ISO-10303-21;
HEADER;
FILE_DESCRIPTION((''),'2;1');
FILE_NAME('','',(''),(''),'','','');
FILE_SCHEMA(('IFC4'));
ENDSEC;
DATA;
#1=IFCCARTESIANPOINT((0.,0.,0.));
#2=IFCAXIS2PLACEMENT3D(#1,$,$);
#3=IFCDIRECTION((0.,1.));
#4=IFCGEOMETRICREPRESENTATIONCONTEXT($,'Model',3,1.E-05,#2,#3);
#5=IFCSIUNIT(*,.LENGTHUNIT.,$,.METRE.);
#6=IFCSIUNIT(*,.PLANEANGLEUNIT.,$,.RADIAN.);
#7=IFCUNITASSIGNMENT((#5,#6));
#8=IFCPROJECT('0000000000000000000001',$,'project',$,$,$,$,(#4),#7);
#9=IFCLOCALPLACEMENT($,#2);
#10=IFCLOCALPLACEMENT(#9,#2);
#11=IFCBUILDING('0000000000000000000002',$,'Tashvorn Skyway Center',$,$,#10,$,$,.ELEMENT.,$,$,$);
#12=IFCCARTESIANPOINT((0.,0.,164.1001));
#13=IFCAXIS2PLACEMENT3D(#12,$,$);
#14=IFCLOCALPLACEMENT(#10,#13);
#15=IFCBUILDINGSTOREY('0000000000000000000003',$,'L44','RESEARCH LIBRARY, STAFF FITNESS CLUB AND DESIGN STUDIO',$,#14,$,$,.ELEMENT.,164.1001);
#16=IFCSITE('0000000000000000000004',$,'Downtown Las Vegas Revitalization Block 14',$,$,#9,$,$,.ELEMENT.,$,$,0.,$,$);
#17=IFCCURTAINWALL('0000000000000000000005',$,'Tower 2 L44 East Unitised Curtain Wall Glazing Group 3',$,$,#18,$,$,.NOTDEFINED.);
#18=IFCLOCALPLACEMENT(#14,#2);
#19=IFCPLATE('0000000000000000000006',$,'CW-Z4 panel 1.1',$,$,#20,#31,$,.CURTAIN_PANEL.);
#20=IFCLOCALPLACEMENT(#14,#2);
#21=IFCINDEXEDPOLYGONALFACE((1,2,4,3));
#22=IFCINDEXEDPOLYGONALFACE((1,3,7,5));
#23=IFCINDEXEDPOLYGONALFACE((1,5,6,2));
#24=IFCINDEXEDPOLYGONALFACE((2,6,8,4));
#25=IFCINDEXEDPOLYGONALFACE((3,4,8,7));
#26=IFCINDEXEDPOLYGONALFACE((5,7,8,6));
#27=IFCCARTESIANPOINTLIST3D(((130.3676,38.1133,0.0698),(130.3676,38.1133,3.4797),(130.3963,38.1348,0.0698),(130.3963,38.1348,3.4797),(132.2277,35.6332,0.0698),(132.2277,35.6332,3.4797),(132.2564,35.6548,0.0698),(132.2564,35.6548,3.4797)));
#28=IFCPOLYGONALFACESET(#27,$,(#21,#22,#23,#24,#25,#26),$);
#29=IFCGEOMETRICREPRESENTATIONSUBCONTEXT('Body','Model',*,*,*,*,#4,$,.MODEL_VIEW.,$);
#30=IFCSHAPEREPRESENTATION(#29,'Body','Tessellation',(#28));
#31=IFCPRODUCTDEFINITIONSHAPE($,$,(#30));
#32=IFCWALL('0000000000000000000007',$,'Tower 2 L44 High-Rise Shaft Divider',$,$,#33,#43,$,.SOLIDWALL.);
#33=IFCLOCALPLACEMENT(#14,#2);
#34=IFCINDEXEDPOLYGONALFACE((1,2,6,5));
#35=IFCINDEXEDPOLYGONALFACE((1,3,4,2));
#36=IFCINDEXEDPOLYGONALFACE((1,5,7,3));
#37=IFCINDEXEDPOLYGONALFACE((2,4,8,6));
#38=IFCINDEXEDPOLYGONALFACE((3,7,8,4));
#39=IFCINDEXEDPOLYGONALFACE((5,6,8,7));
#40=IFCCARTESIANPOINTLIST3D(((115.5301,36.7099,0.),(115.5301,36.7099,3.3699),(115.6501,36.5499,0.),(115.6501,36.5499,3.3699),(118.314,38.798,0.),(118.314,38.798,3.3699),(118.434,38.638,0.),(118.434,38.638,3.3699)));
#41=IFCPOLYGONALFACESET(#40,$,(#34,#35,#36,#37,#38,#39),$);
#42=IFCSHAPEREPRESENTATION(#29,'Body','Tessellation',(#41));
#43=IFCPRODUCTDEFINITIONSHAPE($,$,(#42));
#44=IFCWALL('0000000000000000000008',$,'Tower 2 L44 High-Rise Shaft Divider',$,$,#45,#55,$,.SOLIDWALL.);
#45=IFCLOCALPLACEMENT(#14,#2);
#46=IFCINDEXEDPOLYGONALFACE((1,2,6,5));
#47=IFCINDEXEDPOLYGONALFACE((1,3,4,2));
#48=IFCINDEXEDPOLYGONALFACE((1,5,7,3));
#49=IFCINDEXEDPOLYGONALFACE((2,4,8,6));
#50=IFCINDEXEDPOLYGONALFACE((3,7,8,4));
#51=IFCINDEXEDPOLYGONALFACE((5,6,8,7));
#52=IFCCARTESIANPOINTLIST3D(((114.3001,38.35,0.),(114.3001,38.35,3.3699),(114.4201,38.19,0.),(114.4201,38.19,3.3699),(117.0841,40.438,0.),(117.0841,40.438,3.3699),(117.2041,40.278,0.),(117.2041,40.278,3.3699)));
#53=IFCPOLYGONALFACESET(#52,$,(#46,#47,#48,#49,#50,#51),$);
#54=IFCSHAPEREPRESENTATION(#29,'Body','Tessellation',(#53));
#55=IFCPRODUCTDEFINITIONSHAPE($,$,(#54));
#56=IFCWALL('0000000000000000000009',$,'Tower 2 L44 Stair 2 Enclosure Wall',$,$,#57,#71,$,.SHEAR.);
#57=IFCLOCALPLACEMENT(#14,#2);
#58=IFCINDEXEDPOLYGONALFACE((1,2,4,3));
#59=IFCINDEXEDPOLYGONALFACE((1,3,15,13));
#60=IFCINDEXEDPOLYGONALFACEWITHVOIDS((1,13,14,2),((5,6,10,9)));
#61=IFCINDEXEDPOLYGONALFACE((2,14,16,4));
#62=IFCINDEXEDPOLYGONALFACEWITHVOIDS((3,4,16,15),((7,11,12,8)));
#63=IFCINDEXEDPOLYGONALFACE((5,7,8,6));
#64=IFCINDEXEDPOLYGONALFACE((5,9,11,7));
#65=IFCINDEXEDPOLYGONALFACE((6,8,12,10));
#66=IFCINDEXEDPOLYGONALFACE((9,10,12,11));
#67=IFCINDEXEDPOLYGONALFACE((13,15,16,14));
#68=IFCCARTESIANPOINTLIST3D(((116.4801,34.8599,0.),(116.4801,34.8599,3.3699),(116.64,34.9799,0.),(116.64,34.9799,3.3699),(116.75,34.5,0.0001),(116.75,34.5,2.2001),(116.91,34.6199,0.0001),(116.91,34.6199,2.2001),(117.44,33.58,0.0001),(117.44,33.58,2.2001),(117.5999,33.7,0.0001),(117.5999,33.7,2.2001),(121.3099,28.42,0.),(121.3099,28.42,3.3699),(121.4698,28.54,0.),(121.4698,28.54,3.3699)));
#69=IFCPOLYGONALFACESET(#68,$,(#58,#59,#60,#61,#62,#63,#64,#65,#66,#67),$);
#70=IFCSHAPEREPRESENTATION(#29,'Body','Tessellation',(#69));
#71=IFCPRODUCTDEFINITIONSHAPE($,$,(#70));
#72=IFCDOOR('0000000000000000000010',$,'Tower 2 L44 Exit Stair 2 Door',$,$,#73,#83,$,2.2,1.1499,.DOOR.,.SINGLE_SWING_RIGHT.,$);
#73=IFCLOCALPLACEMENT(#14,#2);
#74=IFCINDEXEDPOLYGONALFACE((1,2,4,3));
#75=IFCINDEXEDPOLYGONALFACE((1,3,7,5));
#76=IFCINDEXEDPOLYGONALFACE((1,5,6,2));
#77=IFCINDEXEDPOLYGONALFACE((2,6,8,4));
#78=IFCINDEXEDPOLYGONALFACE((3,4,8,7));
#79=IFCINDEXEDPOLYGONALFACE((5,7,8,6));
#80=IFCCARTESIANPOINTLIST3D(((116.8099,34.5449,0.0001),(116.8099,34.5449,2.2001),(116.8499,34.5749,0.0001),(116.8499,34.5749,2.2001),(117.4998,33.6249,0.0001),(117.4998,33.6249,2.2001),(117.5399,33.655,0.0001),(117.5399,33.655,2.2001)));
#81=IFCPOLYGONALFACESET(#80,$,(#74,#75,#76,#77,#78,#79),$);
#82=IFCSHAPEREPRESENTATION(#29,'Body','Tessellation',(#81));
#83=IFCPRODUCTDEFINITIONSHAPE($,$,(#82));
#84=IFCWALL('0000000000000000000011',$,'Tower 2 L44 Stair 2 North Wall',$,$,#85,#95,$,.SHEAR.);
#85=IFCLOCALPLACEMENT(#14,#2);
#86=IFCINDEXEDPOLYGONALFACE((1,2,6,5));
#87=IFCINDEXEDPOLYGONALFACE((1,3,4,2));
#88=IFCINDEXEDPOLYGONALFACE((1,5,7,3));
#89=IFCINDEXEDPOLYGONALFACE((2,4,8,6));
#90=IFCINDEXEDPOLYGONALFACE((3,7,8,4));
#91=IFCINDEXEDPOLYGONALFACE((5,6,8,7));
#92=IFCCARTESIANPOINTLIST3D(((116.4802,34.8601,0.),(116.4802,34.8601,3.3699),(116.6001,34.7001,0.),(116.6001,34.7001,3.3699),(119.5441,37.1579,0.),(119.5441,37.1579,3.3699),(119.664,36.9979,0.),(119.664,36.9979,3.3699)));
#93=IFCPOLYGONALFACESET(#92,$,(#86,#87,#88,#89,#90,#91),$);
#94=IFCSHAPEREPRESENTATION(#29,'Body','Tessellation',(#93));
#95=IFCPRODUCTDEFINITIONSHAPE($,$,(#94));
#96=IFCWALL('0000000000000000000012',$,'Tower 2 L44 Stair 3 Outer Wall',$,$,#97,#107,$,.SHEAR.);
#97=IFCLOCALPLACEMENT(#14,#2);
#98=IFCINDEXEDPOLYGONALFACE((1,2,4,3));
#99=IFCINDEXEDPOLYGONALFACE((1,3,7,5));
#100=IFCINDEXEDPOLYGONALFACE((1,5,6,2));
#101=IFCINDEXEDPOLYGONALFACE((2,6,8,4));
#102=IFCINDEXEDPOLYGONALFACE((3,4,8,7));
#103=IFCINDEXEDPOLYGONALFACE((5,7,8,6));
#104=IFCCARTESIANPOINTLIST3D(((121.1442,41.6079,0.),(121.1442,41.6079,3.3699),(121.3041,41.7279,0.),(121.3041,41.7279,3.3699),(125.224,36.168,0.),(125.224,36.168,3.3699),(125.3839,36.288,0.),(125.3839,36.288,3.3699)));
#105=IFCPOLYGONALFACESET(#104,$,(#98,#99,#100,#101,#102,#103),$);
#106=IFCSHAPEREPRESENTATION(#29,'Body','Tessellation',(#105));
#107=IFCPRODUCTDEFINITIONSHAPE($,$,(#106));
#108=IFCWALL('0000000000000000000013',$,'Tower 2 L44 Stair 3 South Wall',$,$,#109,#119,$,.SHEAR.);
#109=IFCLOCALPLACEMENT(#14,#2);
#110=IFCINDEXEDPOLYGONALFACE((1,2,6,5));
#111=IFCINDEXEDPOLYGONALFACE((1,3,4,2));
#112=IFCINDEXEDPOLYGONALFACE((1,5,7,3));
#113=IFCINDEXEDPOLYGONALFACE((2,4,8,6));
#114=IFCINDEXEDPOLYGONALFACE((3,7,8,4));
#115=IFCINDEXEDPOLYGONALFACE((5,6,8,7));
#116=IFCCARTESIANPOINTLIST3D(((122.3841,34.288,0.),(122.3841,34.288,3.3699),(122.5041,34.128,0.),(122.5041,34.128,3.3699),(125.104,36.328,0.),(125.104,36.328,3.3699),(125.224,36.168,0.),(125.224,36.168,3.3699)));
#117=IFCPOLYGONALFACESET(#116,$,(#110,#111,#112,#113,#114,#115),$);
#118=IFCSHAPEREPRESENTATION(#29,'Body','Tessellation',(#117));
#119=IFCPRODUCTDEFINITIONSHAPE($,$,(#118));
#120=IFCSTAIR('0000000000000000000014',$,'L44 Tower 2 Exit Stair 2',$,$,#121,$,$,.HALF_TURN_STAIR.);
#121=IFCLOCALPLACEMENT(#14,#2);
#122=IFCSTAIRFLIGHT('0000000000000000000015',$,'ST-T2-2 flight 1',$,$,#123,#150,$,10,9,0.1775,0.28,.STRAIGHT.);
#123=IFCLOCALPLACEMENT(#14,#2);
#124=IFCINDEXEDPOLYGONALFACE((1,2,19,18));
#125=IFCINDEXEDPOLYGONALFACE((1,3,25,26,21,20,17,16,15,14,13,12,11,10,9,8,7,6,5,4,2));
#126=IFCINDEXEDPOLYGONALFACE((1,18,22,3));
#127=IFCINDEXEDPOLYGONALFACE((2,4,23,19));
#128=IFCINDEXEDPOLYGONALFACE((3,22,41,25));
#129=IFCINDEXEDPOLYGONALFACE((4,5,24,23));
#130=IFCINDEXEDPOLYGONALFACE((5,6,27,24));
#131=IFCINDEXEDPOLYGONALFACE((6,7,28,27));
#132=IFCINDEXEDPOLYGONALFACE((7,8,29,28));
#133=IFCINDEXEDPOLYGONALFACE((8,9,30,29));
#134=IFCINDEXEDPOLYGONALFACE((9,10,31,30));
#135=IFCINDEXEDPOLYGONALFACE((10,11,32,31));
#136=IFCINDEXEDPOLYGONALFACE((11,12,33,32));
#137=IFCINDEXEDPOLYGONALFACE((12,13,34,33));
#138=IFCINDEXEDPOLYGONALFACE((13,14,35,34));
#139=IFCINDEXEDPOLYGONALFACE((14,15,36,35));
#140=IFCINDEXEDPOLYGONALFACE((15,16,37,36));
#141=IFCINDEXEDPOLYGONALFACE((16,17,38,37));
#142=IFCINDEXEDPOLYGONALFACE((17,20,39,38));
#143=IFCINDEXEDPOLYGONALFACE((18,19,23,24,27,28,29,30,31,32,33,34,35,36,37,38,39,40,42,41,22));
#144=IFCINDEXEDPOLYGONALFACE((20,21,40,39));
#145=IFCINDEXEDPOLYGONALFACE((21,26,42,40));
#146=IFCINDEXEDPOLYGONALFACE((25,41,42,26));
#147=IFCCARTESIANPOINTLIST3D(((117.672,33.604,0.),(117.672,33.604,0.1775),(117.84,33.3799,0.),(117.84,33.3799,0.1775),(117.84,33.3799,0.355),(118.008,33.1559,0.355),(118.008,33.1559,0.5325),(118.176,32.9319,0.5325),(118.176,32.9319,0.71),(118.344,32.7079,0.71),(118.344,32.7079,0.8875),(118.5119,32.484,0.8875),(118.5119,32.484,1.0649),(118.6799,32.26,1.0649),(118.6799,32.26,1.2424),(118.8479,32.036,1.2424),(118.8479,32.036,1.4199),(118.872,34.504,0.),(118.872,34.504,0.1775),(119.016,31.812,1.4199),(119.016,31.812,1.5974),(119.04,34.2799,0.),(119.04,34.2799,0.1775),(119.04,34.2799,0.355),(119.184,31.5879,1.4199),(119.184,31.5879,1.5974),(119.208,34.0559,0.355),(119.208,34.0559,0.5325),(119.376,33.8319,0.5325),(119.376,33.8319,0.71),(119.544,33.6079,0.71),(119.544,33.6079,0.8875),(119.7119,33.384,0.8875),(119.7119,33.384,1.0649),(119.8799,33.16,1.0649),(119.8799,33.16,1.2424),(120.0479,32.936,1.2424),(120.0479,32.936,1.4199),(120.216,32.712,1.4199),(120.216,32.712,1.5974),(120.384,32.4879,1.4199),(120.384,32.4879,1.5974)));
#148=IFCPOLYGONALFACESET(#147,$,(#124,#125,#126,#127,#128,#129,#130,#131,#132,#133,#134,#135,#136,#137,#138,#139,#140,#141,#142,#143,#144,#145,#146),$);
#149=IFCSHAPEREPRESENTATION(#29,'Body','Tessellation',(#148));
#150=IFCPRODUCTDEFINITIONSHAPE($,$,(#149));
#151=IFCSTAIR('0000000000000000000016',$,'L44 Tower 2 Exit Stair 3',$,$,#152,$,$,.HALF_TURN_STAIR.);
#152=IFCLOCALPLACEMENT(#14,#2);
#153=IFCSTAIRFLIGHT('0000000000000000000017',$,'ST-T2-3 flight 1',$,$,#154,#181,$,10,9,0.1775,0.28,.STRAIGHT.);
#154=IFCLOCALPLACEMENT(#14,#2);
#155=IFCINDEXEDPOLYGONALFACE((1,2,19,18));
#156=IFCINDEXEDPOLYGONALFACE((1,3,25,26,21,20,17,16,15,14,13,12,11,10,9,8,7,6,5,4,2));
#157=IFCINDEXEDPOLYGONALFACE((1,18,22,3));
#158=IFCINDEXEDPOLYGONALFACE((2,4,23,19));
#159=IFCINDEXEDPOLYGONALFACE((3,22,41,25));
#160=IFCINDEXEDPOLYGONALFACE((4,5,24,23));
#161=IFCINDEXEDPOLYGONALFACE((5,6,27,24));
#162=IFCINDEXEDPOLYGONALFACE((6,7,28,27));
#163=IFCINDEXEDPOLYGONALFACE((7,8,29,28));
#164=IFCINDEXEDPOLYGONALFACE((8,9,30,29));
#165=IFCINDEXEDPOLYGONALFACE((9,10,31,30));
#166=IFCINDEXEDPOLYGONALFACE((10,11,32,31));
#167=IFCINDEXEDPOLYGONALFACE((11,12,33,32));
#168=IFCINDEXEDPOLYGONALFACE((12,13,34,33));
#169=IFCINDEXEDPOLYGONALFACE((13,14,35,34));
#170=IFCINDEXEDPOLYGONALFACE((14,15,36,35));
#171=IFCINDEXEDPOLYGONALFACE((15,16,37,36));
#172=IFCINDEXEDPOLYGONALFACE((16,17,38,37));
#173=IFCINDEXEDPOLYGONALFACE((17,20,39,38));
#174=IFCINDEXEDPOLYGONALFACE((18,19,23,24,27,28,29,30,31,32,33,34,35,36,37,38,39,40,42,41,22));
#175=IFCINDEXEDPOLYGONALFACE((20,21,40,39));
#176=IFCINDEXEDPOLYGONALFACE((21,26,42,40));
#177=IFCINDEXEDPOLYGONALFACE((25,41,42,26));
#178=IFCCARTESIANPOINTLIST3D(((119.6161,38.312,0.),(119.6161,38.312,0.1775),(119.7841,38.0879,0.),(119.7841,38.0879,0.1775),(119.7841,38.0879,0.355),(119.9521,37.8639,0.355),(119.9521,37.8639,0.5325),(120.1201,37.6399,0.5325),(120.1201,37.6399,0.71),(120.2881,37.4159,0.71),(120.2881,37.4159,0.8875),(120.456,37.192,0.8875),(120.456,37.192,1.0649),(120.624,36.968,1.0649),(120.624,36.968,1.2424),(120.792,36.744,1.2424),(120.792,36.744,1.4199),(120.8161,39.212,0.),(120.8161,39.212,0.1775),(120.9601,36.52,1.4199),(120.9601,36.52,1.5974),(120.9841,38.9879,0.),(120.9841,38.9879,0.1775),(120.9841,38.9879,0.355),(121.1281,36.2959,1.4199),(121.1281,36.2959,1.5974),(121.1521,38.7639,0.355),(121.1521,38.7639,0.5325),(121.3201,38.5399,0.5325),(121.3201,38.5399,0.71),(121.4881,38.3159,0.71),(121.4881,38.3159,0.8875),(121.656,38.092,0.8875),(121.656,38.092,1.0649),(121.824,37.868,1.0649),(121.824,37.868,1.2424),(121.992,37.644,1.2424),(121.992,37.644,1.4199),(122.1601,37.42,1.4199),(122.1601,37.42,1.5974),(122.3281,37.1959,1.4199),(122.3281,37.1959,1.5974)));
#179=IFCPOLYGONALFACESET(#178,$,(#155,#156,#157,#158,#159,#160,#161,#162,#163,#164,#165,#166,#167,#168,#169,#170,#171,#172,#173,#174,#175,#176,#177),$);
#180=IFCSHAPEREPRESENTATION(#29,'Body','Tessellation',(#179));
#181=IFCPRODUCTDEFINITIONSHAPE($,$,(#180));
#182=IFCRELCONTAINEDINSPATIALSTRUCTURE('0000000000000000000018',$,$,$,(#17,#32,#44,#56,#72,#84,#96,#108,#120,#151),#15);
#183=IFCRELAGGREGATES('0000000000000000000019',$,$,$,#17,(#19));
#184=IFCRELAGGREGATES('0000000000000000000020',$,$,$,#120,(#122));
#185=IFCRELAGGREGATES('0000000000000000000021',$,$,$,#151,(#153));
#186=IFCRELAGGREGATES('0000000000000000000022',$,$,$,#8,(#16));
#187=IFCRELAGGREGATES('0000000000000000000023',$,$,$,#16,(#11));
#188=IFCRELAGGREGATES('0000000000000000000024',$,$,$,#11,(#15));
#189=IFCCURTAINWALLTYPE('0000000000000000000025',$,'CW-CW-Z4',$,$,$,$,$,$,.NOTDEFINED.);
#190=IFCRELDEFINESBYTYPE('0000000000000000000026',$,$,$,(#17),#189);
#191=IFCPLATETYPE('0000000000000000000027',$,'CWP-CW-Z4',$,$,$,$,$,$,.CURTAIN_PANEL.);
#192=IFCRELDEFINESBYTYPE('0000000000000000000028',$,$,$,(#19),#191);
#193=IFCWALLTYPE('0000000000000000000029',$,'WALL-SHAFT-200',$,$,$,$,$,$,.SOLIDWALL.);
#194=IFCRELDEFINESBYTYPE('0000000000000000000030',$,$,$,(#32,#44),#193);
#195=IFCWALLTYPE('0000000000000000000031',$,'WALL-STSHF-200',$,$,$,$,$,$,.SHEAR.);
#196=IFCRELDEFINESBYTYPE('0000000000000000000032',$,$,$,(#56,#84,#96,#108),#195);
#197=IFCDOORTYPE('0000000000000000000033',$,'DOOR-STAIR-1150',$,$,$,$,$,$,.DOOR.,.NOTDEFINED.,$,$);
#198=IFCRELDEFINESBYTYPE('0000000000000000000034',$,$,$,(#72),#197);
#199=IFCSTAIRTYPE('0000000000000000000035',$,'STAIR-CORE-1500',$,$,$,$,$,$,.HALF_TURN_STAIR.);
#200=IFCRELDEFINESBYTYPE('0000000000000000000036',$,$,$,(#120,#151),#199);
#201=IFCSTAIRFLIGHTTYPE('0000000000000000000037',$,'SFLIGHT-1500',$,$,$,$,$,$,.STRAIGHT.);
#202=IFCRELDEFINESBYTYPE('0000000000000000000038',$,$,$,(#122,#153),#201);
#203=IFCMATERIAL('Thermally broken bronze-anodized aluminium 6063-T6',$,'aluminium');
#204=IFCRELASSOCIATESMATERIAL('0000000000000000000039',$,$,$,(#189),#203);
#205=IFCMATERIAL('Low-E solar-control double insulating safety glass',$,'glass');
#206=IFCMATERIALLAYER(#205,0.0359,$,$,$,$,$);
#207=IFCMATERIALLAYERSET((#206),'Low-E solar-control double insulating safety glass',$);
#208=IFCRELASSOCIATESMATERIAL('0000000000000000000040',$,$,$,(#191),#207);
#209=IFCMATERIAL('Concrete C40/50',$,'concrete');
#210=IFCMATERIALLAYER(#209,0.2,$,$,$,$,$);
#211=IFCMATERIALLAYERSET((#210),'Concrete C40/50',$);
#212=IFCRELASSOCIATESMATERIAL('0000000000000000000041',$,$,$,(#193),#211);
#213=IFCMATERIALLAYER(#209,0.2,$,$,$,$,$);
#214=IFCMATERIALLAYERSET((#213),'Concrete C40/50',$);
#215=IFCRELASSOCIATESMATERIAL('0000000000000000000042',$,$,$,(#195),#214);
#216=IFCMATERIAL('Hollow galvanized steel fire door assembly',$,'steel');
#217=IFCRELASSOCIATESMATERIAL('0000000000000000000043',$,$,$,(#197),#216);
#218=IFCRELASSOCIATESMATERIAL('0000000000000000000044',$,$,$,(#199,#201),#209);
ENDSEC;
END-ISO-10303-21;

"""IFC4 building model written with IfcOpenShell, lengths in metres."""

from ifc_helpers import new_model, si_unit, direction, frame, frame_2d, origin, origin_2d, place, context, subcontext, project, spatial, polyline, rectangle, outline, extrude, material, layer, layer_set, type_object, element, fill, aggregate, save


model = new_model("IFC4")

# Units and contexts
model_context = context("Model", 3, precision=1e-05, world=origin(), true_north=direction((0.0, 1.0)))
body_context = subcontext(model_context, "Body", "Model", "MODEL_VIEW")
ifc_project = project(units=[si_unit("LENGTHUNIT", "METRE"), si_unit("PLANEANGLEUNIT", "RADIAN")], contexts=[model_context])

# Site, building, storey
site_placement = place(None, origin())
site = spatial("IfcSite", under=ifc_project, at=site_placement, Name="Downtown Las Vegas Revitalization Block 14", CompositionType="ELEMENT", RefElevation=0.0)
building_placement = place(site_placement, origin())
building = spatial("IfcBuilding", under=site, at=building_placement, Name="Tashvorn Skyway Center", CompositionType="ELEMENT")
storey_placement = place(building_placement, frame((0.0, 0.0, 164.1001)))
storey = spatial("IfcBuildingStorey", under=building, at=storey_placement, Name="L44", Description="RESEARCH LIBRARY, STAFF FITNESS CLUB AND DESIGN STUDIO", CompositionType="ELEMENT", Elevation=164.1001)

# Shared definitions
ifc_material_1 = material(Name="Thermally broken bronze-anodized aluminium 6063-T6", Category="aluminium")
curtain_wall_type = type_object("IfcCurtainWallType", Name="CW-CW-Z4", PredefinedType="NOTDEFINED", material=ifc_material_1)

# Curtain wall, plate
curtain_wall_1_placement = place(storey_placement, origin())
curtain_wall_1 = element("IfcCurtainWall", 1, at=curtain_wall_1_placement, inside=storey, type_object=curtain_wall_type, Name="Tower 2 L44 East Unitised Curtain Wall Glazing Group 3", PredefinedType="NOTDEFINED")
ifc_material_2 = material(Name="Low-E solar-control double insulating safety glass", Category="glass")
ifc_layer_1 = layer(ifc_material_2, 0.0359)
ifc_layer_set_1 = layer_set([ifc_layer_1], Name="Low-E solar-control double insulating safety glass")
plate_type = type_object("IfcPlateType", Name="CWP-CW-Z4", PredefinedType="CURTAIN_PANEL", material=ifc_layer_set_1)
plate_placement = place(storey_placement, frame((131.312, 36.884, 0.0698), z_axis=(0.0, 0.0, 1.0), x_axis=(0.6, -0.8, 0.0)))
plate = element("IfcPlate", 2, at=plate_placement, type_object=plate_type, Name="CW-Z4 panel 1.1", PredefinedType="CURTAIN_PANEL", context=body_context, shape_type="SweptSolid", body=[
    extrude(rectangle(XDim=3.1001, YDim=0.0359, at=origin_2d()), origin(), (0.0, 0.0, 1.0), 3.4099),
])
aggregate(curtain_wall_1, [plate])

# Walls
ifc_material_3 = material(Name="Concrete C40/50", Category="concrete")
ifc_layer_2 = layer(ifc_material_3, 0.2)
ifc_layer_set_2 = layer_set([ifc_layer_2], Name="Concrete C40/50")
wall_type_1 = type_object("IfcWallType", Name="WALL-SHAFT-200", PredefinedType="SOLIDWALL", material=ifc_layer_set_2)
for number, where, z_axis, x_axis, name in (
    (3, (115.5901, 36.6299, 0.0), (0.0, 0.0, 1.0), (0.799975, 0.600034, 0.0), "Tower 2 L44 High-Rise Shaft Divider"),
    (4, (114.3601, 38.27, 0.0), (0.0, 0.0, 1.0), (0.800008, 0.599989, 0.0), "Tower 2 L44 High-Rise Shaft Divider"),
):
    element("IfcWall", number, at=place(storey_placement, frame(where, z_axis=z_axis, x_axis=x_axis)), inside=storey, type_object=wall_type_1, Name=name, PredefinedType="SOLIDWALL", context=body_context, shape_type="SweptSolid", body=[
        extrude(rectangle(XDim=3.48, YDim=0.2, at=frame_2d((1.74, 0.0))), origin(), (0.0, 0.0, 1.0), 3.3699),
    ])

# Wall, opening, door
ifc_layer_3 = layer(ifc_material_3, 0.2)
ifc_layer_set_3 = layer_set([ifc_layer_3], Name="Concrete C40/50")
wall_type_2 = type_object("IfcWallType", Name="WALL-STSHF-200", PredefinedType="SHEAR", material=ifc_layer_set_3)
wall_1_placement = place(storey_placement, frame((116.5601, 34.9199, 0.0), z_axis=(0.0, 0.0, 1.0), x_axis=(0.59999, -0.800007, 0.0)))
wall_1 = element("IfcWall", 5, at=wall_1_placement, inside=storey, type_object=wall_type_2, Name="Tower 2 L44 Stair 2 Enclosure Wall", PredefinedType="SHEAR", context=body_context, shape_type="SweptSolid", body=[
    extrude(rectangle(XDim=8.0498, YDim=0.2, at=frame_2d((4.0249, 0.0))), origin(), (0.0, 0.0, 1.0), 3.3699),
])
opening_placement = place(wall_1_placement, frame((0.45, 0.0, 0.0)))
opening = element("IfcOpeningElement", 6, at=opening_placement, cuts=wall_1, PredefinedType="OPENING", context=body_context, shape_type="SweptSolid", body=[
    extrude(rectangle(XDim=1.1499, YDim=2.2, at=frame_2d((0.575, 1.1001))), frame((0.0, 0.1099, 0.0), z_axis=(0.0, -1.0, 0.0), x_axis=(1.0, 0.0, 0.0)), (0.0, 0.0, 1.0), 0.22),
])
ifc_material_4 = material(Name="Hollow galvanized steel fire door assembly", Category="steel")
door_type = type_object("IfcDoorType", Name="DOOR-STAIR-1150", OperationType="NOTDEFINED", PredefinedType="DOOR", material=ifc_material_4)
door_placement = place(opening_placement, origin())
door = element("IfcDoor", 7, at=door_placement, inside=storey, type_object=door_type, Name="Tower 2 L44 Exit Stair 2 Door", OperationType="SINGLE_SWING_RIGHT", OverallHeight=2.2, OverallWidth=1.1499, PredefinedType="DOOR", context=body_context, shape_type="SweptSolid", body=[
    extrude(rectangle(XDim=1.1499, YDim=2.2, at=frame_2d((0.575, 1.1001))), frame((0.0, 0.0249, 0.0), z_axis=(0.0, -1.0, 0.0), x_axis=(1.0, 0.0, 0.0)), (0.0, 0.0, 1.0), 0.05),
])
fill(opening, door)

# Walls
wall_2_placement = place(storey_placement, frame((116.54, 34.78, 0.0), z_axis=(0.0, 0.0, 1.0), x_axis=(0.800015, 0.59998, 0.0)))
element("IfcWall", 8, at=wall_2_placement, inside=storey, type_object=wall_type_2, Name="Tower 2 L44 Stair 2 North Wall", PredefinedType="SHEAR", context=body_context, shape_type="SweptSolid", body=[
    extrude(rectangle(XDim=3.8298, YDim=0.2, at=frame_2d((1.915, 0.0))), origin(), (0.0, 0.0, 1.0), 3.3699),
])
wall_3_placement = place(storey_placement, frame((125.304, 36.228, 0.0), z_axis=(0.0, 0.0, 1.0), x_axis=(-0.599989, 0.800009, 0.0)))
element("IfcWall", 9, at=wall_3_placement, inside=storey, type_object=wall_type_2, Name="Tower 2 L44 Stair 3 Outer Wall", PredefinedType="SHEAR", context=body_context, shape_type="SweptSolid", body=[
    extrude(rectangle(XDim=6.7998, YDim=0.2, at=frame_2d((3.3999, 0.0))), origin(), (0.0, 0.0, 1.0), 3.3699),
])
wall_4_placement = place(storey_placement, frame((122.4441, 34.208, 0.0), z_axis=(0.0, 0.0, 1.0), x_axis=(0.799991, 0.600011, 0.0)))
element("IfcWall", 10, at=wall_4_placement, inside=storey, type_object=wall_type_2, Name="Tower 2 L44 Stair 3 South Wall", PredefinedType="SHEAR", context=body_context, shape_type="SweptSolid", body=[
    extrude(rectangle(XDim=3.3999, YDim=0.2, at=frame_2d((1.7, 0.0))), origin(), (0.0, 0.0, 1.0), 3.3699),
])

# Stair, stair flight
stair_type = type_object("IfcStairType", Name="STAIR-CORE-1500", PredefinedType="HALF_TURN_STAIR", material=ifc_material_3)
stair_1_placement = place(storey_placement, origin())
stair_1 = element("IfcStair", 11, at=stair_1_placement, inside=storey, type_object=stair_type, Name="L44 Tower 2 Exit Stair 2", PredefinedType="HALF_TURN_STAIR")
stair_flight_type = type_object("IfcStairFlightType", Name="SFLIGHT-1500", PredefinedType="STRAIGHT", material=ifc_material_3)
stair_flight_1_placement = place(storey_placement, frame((118.272, 34.054, 0.0), z_axis=(0.0, 0.0, 1.0), x_axis=(0.6, -0.8, 0.0)))
stair_flight_1 = element("IfcStairFlight", 12, at=stair_flight_1_placement, type_object=stair_flight_type, Name="ST-T2-2 flight 1", NumberOfRisers=10, NumberOfTreads=9, PredefinedType="STRAIGHT", RiserHeight=0.1775, TreadLength=0.28, context=body_context, shape_type="SweptSolid", body=[
    extrude(outline(polyline([(0.0, 0.0), (0.0, 0.1775), (0.28, 0.1775), (0.28, 0.355), (0.5601, 0.355), (0.5601, 0.5325), (0.8401, 0.5325), (0.8401, 0.71), (1.1201, 0.71), (1.1201, 0.8875), (1.3999, 0.8875), (1.3999, 1.0649), (1.6799, 1.0649), (1.6799, 1.2424), (1.96, 1.2424), (1.96, 1.4199), (2.24, 1.4199), (2.24, 1.5974), (2.52, 1.5974), (2.52, 1.7749), (2.52, 1.4199), (0.28, 0.0), (0.0, 0.0)])), frame((0.0, 0.75, 0.0), z_axis=(0.0, -1.0, 0.0), x_axis=(1.0, 0.0, 0.0)), (0.0, 0.0, 1.0), 1.5),
])
aggregate(stair_1, [stair_flight_1])

# Stair, stair flight
stair_2_placement = place(storey_placement, origin())
stair_2 = element("IfcStair", 13, at=stair_2_placement, inside=storey, type_object=stair_type, Name="L44 Tower 2 Exit Stair 3", PredefinedType="HALF_TURN_STAIR")
stair_flight_2_placement = place(storey_placement, frame((120.2161, 38.762, 0.0), z_axis=(0.0, 0.0, 1.0), x_axis=(0.6, -0.8, 0.0)))
stair_flight_2 = element("IfcStairFlight", 14, at=stair_flight_2_placement, type_object=stair_flight_type, Name="ST-T2-3 flight 1", NumberOfRisers=10, NumberOfTreads=9, PredefinedType="STRAIGHT", RiserHeight=0.1775, TreadLength=0.28, context=body_context, shape_type="SweptSolid", body=[
    extrude(outline(polyline([(0.0, 0.0), (0.0, 0.1775), (0.28, 0.1775), (0.28, 0.355), (0.5601, 0.355), (0.5601, 0.5325), (0.8401, 0.5325), (0.8401, 0.71), (1.1201, 0.71), (1.1201, 0.8875), (1.3999, 0.8875), (1.3999, 1.0649), (1.6799, 1.0649), (1.6799, 1.2424), (1.96, 1.2424), (1.96, 1.4199), (2.24, 1.4199), (2.24, 1.5974), (2.52, 1.5974), (2.52, 1.7749), (2.52, 1.4199), (0.28, 0.0), (0.0, 0.0)])), frame((0.0, 0.75, 0.0), z_axis=(0.0, -1.0, 0.0), x_axis=(1.0, 0.0, 0.0)), (0.0, 0.0, 1.0), 1.5),
])
aggregate(stair_2, [stair_flight_2])

save(model, "model.ifc")
